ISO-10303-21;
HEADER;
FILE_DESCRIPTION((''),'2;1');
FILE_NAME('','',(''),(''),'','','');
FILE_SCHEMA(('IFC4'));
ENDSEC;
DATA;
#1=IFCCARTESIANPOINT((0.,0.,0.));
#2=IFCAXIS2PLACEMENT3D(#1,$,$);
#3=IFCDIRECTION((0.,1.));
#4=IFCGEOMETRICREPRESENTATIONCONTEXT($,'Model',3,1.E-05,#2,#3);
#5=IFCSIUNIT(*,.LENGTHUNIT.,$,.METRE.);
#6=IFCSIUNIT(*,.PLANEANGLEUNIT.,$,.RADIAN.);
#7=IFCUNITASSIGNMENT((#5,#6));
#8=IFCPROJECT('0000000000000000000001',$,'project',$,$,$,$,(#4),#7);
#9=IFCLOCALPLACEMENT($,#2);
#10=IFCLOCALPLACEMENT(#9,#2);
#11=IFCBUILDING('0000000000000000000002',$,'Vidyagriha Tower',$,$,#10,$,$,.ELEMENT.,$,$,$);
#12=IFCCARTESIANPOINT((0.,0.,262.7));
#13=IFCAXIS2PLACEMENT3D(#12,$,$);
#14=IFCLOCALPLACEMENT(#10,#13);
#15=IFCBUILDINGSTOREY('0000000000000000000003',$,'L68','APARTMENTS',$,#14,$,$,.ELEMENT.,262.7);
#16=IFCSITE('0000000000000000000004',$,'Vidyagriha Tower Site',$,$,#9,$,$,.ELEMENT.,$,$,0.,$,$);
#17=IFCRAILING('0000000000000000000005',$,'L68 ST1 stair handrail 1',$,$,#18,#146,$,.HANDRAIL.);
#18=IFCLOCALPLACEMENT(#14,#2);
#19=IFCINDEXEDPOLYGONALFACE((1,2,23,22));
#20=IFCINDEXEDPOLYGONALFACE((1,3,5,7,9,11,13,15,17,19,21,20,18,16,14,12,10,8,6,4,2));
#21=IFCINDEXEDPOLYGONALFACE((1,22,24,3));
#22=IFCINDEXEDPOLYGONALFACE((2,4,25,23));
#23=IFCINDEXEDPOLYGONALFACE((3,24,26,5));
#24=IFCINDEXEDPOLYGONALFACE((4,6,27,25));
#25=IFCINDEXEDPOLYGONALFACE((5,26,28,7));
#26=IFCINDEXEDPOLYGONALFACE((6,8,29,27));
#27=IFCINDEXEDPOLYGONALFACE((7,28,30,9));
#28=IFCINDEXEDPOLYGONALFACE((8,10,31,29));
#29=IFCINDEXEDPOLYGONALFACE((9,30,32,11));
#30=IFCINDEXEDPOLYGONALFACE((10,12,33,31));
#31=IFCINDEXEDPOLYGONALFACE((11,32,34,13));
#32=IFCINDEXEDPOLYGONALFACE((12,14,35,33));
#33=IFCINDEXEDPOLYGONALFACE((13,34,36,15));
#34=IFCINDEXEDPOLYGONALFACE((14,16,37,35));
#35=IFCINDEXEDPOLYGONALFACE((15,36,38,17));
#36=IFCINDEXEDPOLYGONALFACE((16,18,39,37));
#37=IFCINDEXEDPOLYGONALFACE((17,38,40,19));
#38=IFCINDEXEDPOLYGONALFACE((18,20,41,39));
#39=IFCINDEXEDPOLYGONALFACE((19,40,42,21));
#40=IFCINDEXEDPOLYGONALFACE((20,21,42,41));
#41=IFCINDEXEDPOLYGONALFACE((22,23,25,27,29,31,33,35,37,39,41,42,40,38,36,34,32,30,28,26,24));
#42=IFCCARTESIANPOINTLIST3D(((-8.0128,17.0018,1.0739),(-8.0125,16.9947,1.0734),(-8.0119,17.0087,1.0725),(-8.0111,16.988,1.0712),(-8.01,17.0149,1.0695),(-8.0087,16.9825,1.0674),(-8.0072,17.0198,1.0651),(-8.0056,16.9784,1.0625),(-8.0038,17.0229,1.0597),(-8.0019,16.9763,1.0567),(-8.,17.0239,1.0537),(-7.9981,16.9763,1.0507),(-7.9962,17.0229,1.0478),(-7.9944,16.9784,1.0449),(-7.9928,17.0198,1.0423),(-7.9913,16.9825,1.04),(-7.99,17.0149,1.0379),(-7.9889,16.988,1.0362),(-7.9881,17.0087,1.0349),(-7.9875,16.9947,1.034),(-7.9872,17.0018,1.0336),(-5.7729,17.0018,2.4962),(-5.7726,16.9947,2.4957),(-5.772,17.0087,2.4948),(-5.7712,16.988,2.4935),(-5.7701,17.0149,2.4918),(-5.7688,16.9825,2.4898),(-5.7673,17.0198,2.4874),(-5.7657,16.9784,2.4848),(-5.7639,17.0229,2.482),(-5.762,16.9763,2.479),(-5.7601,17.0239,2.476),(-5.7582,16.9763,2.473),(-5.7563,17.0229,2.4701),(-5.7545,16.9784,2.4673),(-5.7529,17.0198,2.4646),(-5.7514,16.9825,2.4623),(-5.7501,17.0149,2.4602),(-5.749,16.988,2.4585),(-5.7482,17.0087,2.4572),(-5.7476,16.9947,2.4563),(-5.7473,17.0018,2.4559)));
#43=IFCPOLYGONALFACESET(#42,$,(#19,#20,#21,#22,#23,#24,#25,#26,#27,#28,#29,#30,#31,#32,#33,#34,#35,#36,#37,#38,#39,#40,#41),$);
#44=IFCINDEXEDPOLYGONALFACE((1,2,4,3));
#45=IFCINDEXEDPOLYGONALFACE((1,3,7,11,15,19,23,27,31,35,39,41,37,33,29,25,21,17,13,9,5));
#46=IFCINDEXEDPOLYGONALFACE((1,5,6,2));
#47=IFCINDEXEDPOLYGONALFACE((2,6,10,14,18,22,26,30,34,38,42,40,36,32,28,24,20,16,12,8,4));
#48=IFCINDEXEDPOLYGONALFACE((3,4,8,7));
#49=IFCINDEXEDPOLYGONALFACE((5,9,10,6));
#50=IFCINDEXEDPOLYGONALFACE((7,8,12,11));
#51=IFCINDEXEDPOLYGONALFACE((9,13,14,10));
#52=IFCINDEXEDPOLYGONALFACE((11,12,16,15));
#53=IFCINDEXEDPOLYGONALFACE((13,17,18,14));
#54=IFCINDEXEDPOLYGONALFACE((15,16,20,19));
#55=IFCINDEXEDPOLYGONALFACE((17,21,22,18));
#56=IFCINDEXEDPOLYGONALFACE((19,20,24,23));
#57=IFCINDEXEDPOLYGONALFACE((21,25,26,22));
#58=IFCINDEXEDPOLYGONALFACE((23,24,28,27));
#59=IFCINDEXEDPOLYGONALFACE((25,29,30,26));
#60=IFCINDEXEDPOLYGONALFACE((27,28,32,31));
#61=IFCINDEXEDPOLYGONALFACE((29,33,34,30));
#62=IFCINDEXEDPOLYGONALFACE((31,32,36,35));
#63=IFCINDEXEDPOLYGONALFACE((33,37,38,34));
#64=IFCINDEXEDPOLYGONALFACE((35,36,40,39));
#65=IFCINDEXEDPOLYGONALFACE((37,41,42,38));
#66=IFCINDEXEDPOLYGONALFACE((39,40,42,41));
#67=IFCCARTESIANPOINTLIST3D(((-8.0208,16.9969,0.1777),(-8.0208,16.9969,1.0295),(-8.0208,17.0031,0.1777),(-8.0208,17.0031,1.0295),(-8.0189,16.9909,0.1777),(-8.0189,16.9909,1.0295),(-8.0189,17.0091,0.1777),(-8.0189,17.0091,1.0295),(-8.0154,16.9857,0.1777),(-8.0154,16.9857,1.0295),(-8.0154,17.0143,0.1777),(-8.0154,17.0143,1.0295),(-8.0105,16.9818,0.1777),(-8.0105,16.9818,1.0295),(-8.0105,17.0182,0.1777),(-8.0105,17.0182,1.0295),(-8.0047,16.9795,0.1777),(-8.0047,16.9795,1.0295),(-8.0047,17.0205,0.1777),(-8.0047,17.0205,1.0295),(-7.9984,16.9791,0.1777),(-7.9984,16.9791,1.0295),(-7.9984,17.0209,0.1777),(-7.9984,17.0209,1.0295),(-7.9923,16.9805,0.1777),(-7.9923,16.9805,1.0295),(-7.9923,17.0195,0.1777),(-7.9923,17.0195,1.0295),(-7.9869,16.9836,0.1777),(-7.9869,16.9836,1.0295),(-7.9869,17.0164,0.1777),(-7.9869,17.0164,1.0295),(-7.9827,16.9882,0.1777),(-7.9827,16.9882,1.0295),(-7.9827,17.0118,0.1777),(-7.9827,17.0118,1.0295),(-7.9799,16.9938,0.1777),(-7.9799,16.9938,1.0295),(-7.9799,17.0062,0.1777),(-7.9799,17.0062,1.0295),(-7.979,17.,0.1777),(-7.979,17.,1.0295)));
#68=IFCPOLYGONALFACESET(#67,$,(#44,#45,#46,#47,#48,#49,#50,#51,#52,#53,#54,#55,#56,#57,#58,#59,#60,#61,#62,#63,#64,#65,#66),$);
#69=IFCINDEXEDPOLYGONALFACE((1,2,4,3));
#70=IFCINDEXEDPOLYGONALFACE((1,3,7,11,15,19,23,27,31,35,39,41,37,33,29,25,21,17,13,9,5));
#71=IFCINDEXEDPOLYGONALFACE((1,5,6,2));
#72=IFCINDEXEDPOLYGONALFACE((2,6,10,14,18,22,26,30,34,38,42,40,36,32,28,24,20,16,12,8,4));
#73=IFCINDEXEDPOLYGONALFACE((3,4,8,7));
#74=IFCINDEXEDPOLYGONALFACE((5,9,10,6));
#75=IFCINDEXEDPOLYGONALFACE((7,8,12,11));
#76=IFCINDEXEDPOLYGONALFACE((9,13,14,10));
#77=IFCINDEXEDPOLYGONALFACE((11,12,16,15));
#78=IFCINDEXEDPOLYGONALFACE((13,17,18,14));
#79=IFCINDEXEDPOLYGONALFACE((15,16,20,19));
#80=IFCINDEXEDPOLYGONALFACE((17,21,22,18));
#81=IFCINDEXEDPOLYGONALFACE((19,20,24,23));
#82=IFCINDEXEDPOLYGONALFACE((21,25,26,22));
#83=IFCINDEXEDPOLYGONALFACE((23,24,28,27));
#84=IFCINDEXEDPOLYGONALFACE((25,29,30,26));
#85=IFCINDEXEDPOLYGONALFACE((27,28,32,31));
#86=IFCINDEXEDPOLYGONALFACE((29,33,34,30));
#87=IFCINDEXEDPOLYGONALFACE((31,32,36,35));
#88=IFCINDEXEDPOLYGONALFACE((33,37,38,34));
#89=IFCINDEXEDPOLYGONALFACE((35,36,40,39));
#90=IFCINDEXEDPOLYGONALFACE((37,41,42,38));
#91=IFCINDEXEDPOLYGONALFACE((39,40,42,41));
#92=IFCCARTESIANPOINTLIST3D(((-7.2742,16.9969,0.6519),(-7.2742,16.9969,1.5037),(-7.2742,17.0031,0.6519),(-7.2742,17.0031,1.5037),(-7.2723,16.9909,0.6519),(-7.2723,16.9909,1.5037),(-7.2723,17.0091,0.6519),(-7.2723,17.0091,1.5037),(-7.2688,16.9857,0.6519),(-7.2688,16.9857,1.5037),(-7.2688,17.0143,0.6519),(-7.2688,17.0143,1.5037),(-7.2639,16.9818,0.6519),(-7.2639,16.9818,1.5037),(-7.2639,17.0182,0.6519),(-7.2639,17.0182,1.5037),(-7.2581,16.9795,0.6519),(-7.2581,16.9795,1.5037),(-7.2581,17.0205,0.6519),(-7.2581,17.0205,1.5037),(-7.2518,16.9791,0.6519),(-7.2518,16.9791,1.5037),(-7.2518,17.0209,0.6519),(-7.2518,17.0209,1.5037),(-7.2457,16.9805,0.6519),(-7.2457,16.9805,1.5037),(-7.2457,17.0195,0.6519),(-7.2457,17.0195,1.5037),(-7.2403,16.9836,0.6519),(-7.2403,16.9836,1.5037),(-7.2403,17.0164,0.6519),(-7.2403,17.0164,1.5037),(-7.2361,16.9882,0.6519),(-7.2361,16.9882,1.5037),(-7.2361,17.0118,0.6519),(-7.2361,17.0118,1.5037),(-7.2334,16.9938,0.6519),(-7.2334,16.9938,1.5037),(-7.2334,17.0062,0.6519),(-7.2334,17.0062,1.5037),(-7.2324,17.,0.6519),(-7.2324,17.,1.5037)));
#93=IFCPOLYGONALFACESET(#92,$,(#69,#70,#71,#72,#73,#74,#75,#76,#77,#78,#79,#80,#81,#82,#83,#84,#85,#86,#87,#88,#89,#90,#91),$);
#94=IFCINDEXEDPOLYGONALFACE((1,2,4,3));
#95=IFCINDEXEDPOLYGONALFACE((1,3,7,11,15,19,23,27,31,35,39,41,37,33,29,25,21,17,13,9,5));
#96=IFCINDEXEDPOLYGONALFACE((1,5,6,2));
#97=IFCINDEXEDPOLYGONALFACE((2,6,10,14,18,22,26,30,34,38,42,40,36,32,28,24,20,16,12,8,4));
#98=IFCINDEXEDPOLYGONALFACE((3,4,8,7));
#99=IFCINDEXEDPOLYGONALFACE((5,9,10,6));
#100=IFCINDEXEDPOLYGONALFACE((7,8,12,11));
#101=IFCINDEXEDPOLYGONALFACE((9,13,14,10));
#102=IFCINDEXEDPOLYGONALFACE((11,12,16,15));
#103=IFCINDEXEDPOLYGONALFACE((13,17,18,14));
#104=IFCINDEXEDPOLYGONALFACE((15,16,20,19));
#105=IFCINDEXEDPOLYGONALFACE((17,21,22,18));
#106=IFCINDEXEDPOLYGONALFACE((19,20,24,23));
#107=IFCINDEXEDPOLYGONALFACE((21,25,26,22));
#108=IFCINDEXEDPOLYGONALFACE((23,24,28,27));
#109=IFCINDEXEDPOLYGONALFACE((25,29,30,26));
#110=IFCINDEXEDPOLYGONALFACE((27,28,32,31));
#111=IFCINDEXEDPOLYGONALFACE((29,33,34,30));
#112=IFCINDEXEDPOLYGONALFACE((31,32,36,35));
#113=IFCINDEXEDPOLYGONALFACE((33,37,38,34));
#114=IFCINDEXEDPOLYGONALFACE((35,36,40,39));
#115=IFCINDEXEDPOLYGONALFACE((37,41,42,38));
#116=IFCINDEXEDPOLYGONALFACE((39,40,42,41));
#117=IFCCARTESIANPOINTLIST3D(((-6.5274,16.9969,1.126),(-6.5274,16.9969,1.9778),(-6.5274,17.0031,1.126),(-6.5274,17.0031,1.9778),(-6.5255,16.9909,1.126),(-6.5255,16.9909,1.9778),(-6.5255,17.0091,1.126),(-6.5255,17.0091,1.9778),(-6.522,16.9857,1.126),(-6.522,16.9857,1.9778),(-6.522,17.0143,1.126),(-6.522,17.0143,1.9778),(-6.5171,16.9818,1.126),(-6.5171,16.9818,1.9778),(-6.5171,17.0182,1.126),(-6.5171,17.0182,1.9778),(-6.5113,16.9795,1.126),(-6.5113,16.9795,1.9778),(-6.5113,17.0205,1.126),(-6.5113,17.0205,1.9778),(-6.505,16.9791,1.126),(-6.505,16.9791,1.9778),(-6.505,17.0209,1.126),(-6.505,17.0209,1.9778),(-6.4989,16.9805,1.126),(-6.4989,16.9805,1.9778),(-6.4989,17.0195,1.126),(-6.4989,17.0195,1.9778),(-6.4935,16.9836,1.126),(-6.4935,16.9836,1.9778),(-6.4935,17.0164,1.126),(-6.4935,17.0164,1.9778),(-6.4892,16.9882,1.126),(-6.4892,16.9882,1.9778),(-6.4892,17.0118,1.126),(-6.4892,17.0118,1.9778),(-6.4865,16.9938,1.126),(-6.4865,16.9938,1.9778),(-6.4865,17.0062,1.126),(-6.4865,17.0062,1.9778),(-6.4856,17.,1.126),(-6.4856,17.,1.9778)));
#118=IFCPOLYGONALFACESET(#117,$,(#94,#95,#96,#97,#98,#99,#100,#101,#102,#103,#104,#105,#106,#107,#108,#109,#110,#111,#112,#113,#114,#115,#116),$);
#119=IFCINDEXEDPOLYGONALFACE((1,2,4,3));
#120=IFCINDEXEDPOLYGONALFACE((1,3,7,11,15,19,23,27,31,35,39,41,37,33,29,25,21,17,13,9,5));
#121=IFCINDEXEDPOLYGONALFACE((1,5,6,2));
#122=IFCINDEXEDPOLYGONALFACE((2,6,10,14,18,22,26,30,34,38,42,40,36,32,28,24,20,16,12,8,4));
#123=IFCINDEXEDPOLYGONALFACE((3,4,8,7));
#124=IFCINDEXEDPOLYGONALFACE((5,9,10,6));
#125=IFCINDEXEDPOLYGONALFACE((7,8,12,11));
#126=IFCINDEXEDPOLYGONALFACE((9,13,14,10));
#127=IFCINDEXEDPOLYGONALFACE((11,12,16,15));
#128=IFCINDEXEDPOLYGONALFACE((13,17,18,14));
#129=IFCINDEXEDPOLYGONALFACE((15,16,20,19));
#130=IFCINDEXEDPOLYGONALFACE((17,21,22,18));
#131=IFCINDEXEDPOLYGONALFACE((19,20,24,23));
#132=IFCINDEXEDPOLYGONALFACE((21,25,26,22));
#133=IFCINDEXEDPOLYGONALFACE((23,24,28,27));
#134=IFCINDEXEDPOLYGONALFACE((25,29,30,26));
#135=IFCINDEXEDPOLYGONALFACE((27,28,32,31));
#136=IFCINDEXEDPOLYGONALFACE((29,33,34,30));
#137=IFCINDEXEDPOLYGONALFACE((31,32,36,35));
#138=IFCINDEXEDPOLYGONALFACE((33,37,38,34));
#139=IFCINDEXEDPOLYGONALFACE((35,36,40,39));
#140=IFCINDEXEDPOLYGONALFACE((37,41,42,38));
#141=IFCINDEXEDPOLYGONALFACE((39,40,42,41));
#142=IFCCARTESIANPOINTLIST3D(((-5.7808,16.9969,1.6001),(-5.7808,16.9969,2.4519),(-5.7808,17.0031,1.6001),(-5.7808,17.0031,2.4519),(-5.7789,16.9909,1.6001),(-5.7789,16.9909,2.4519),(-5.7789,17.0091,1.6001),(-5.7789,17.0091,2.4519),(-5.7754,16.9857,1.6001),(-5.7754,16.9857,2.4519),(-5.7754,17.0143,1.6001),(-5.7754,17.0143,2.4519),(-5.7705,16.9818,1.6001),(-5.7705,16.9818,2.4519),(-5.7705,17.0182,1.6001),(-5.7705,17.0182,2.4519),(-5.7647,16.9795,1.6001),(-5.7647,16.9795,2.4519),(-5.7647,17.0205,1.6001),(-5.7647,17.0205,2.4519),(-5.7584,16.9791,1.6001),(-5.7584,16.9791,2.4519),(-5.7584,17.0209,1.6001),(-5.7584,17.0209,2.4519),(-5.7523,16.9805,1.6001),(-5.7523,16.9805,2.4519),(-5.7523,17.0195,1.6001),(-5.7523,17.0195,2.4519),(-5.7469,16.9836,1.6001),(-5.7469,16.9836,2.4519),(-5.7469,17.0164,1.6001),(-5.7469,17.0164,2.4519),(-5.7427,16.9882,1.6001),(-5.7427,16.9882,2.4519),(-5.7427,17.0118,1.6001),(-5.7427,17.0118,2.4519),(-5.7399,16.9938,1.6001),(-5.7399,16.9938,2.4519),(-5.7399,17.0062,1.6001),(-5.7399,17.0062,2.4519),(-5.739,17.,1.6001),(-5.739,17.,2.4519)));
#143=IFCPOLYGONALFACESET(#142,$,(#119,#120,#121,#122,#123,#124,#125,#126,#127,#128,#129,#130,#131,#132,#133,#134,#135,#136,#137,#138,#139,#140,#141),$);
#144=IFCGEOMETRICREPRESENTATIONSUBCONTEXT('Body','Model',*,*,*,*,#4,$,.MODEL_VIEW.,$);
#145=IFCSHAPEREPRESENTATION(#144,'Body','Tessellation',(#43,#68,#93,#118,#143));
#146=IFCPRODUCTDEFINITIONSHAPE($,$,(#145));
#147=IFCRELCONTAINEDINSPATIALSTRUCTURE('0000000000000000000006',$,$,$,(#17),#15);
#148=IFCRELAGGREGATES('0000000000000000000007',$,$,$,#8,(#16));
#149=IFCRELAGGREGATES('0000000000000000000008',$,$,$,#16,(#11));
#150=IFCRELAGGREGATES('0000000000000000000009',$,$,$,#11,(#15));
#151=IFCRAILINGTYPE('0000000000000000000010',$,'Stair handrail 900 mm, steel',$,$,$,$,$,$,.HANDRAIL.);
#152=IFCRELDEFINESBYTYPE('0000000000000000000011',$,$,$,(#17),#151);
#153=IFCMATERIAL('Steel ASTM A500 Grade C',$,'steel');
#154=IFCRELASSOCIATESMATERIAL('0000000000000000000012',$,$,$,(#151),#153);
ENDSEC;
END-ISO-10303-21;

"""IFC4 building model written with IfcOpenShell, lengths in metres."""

from ifc_helpers import new_model, si_unit, direction, frame, origin, origin_2d, place, context, subcontext, project, spatial, circle, extrude, material, type_object, element, save


model = new_model("IFC4")

# Units and contexts
model_context = context("Model", 3, precision=1e-05, world=origin(), true_north=direction((0.0, 1.0)))
body_context = subcontext(model_context, "Body", "Model", "MODEL_VIEW")
ifc_project = project(units=[si_unit("LENGTHUNIT", "METRE"), si_unit("PLANEANGLEUNIT", "RADIAN")], contexts=[model_context])

# Site, building, storey
site_placement = place(None, origin())
site = spatial("IfcSite", under=ifc_project, at=site_placement, Name="Vidyagriha Tower Site", CompositionType="ELEMENT", RefElevation=0.0)
building_placement = place(site_placement, origin())
building = spatial("IfcBuilding", under=site, at=building_placement, Name="Vidyagriha Tower", CompositionType="ELEMENT")
storey_placement = place(building_placement, frame((0.0, 0.0, 262.7)))
storey = spatial("IfcBuildingStorey", under=building, at=storey_placement, Name="L68", Description="APARTMENTS", CompositionType="ELEMENT", Elevation=262.7)

# Railing
ifc_material_1 = material(Name="Steel ASTM A500 Grade C", Category="steel")
railing_type_1 = type_object("IfcRailingType", Name="Stair handrail 900 mm, steel", PredefinedType="HANDRAIL", material=ifc_material_1)
for number, where, name in (
    (1, (-8.0, 17.0, 0.1777), "L68 ST1 stair handrail 1"),
):
    element("IfcRailing", number, at=place(storey_placement, frame(where)), inside=storey, type_object=railing_type_1, Name=name, PredefinedType="HANDRAIL", context=body_context, shape_type="SweptSolid", body=[
        extrude(circle(Radius=0.0239, at=origin_2d()), frame((0.0, 0.0, 0.876), z_axis=(0.844188, 0.0, 0.536048), x_axis=(0.0, 1.0, 0.0)), (0.0, 0.0, 1.0), 2.6533),
        extrude(circle(Radius=0.021, at=origin_2d()), origin(), (0.0, 0.0, 1.0), 0.8518),
        extrude(circle(Radius=0.021, at=origin_2d()), frame((0.7466, 0.0, 0.4741)), (0.0, 0.0, 1.0), 0.8518),
        extrude(circle(Radius=0.021, at=origin_2d()), frame((1.4934, 0.0, 0.9482)), (0.0, 0.0, 1.0), 0.8518),
        extrude(circle(Radius=0.021, at=origin_2d()), frame((2.24, 0.0, 1.4224)), (0.0, 0.0, 1.0), 0.8518),
    ])

save(model, "model.ifc")
